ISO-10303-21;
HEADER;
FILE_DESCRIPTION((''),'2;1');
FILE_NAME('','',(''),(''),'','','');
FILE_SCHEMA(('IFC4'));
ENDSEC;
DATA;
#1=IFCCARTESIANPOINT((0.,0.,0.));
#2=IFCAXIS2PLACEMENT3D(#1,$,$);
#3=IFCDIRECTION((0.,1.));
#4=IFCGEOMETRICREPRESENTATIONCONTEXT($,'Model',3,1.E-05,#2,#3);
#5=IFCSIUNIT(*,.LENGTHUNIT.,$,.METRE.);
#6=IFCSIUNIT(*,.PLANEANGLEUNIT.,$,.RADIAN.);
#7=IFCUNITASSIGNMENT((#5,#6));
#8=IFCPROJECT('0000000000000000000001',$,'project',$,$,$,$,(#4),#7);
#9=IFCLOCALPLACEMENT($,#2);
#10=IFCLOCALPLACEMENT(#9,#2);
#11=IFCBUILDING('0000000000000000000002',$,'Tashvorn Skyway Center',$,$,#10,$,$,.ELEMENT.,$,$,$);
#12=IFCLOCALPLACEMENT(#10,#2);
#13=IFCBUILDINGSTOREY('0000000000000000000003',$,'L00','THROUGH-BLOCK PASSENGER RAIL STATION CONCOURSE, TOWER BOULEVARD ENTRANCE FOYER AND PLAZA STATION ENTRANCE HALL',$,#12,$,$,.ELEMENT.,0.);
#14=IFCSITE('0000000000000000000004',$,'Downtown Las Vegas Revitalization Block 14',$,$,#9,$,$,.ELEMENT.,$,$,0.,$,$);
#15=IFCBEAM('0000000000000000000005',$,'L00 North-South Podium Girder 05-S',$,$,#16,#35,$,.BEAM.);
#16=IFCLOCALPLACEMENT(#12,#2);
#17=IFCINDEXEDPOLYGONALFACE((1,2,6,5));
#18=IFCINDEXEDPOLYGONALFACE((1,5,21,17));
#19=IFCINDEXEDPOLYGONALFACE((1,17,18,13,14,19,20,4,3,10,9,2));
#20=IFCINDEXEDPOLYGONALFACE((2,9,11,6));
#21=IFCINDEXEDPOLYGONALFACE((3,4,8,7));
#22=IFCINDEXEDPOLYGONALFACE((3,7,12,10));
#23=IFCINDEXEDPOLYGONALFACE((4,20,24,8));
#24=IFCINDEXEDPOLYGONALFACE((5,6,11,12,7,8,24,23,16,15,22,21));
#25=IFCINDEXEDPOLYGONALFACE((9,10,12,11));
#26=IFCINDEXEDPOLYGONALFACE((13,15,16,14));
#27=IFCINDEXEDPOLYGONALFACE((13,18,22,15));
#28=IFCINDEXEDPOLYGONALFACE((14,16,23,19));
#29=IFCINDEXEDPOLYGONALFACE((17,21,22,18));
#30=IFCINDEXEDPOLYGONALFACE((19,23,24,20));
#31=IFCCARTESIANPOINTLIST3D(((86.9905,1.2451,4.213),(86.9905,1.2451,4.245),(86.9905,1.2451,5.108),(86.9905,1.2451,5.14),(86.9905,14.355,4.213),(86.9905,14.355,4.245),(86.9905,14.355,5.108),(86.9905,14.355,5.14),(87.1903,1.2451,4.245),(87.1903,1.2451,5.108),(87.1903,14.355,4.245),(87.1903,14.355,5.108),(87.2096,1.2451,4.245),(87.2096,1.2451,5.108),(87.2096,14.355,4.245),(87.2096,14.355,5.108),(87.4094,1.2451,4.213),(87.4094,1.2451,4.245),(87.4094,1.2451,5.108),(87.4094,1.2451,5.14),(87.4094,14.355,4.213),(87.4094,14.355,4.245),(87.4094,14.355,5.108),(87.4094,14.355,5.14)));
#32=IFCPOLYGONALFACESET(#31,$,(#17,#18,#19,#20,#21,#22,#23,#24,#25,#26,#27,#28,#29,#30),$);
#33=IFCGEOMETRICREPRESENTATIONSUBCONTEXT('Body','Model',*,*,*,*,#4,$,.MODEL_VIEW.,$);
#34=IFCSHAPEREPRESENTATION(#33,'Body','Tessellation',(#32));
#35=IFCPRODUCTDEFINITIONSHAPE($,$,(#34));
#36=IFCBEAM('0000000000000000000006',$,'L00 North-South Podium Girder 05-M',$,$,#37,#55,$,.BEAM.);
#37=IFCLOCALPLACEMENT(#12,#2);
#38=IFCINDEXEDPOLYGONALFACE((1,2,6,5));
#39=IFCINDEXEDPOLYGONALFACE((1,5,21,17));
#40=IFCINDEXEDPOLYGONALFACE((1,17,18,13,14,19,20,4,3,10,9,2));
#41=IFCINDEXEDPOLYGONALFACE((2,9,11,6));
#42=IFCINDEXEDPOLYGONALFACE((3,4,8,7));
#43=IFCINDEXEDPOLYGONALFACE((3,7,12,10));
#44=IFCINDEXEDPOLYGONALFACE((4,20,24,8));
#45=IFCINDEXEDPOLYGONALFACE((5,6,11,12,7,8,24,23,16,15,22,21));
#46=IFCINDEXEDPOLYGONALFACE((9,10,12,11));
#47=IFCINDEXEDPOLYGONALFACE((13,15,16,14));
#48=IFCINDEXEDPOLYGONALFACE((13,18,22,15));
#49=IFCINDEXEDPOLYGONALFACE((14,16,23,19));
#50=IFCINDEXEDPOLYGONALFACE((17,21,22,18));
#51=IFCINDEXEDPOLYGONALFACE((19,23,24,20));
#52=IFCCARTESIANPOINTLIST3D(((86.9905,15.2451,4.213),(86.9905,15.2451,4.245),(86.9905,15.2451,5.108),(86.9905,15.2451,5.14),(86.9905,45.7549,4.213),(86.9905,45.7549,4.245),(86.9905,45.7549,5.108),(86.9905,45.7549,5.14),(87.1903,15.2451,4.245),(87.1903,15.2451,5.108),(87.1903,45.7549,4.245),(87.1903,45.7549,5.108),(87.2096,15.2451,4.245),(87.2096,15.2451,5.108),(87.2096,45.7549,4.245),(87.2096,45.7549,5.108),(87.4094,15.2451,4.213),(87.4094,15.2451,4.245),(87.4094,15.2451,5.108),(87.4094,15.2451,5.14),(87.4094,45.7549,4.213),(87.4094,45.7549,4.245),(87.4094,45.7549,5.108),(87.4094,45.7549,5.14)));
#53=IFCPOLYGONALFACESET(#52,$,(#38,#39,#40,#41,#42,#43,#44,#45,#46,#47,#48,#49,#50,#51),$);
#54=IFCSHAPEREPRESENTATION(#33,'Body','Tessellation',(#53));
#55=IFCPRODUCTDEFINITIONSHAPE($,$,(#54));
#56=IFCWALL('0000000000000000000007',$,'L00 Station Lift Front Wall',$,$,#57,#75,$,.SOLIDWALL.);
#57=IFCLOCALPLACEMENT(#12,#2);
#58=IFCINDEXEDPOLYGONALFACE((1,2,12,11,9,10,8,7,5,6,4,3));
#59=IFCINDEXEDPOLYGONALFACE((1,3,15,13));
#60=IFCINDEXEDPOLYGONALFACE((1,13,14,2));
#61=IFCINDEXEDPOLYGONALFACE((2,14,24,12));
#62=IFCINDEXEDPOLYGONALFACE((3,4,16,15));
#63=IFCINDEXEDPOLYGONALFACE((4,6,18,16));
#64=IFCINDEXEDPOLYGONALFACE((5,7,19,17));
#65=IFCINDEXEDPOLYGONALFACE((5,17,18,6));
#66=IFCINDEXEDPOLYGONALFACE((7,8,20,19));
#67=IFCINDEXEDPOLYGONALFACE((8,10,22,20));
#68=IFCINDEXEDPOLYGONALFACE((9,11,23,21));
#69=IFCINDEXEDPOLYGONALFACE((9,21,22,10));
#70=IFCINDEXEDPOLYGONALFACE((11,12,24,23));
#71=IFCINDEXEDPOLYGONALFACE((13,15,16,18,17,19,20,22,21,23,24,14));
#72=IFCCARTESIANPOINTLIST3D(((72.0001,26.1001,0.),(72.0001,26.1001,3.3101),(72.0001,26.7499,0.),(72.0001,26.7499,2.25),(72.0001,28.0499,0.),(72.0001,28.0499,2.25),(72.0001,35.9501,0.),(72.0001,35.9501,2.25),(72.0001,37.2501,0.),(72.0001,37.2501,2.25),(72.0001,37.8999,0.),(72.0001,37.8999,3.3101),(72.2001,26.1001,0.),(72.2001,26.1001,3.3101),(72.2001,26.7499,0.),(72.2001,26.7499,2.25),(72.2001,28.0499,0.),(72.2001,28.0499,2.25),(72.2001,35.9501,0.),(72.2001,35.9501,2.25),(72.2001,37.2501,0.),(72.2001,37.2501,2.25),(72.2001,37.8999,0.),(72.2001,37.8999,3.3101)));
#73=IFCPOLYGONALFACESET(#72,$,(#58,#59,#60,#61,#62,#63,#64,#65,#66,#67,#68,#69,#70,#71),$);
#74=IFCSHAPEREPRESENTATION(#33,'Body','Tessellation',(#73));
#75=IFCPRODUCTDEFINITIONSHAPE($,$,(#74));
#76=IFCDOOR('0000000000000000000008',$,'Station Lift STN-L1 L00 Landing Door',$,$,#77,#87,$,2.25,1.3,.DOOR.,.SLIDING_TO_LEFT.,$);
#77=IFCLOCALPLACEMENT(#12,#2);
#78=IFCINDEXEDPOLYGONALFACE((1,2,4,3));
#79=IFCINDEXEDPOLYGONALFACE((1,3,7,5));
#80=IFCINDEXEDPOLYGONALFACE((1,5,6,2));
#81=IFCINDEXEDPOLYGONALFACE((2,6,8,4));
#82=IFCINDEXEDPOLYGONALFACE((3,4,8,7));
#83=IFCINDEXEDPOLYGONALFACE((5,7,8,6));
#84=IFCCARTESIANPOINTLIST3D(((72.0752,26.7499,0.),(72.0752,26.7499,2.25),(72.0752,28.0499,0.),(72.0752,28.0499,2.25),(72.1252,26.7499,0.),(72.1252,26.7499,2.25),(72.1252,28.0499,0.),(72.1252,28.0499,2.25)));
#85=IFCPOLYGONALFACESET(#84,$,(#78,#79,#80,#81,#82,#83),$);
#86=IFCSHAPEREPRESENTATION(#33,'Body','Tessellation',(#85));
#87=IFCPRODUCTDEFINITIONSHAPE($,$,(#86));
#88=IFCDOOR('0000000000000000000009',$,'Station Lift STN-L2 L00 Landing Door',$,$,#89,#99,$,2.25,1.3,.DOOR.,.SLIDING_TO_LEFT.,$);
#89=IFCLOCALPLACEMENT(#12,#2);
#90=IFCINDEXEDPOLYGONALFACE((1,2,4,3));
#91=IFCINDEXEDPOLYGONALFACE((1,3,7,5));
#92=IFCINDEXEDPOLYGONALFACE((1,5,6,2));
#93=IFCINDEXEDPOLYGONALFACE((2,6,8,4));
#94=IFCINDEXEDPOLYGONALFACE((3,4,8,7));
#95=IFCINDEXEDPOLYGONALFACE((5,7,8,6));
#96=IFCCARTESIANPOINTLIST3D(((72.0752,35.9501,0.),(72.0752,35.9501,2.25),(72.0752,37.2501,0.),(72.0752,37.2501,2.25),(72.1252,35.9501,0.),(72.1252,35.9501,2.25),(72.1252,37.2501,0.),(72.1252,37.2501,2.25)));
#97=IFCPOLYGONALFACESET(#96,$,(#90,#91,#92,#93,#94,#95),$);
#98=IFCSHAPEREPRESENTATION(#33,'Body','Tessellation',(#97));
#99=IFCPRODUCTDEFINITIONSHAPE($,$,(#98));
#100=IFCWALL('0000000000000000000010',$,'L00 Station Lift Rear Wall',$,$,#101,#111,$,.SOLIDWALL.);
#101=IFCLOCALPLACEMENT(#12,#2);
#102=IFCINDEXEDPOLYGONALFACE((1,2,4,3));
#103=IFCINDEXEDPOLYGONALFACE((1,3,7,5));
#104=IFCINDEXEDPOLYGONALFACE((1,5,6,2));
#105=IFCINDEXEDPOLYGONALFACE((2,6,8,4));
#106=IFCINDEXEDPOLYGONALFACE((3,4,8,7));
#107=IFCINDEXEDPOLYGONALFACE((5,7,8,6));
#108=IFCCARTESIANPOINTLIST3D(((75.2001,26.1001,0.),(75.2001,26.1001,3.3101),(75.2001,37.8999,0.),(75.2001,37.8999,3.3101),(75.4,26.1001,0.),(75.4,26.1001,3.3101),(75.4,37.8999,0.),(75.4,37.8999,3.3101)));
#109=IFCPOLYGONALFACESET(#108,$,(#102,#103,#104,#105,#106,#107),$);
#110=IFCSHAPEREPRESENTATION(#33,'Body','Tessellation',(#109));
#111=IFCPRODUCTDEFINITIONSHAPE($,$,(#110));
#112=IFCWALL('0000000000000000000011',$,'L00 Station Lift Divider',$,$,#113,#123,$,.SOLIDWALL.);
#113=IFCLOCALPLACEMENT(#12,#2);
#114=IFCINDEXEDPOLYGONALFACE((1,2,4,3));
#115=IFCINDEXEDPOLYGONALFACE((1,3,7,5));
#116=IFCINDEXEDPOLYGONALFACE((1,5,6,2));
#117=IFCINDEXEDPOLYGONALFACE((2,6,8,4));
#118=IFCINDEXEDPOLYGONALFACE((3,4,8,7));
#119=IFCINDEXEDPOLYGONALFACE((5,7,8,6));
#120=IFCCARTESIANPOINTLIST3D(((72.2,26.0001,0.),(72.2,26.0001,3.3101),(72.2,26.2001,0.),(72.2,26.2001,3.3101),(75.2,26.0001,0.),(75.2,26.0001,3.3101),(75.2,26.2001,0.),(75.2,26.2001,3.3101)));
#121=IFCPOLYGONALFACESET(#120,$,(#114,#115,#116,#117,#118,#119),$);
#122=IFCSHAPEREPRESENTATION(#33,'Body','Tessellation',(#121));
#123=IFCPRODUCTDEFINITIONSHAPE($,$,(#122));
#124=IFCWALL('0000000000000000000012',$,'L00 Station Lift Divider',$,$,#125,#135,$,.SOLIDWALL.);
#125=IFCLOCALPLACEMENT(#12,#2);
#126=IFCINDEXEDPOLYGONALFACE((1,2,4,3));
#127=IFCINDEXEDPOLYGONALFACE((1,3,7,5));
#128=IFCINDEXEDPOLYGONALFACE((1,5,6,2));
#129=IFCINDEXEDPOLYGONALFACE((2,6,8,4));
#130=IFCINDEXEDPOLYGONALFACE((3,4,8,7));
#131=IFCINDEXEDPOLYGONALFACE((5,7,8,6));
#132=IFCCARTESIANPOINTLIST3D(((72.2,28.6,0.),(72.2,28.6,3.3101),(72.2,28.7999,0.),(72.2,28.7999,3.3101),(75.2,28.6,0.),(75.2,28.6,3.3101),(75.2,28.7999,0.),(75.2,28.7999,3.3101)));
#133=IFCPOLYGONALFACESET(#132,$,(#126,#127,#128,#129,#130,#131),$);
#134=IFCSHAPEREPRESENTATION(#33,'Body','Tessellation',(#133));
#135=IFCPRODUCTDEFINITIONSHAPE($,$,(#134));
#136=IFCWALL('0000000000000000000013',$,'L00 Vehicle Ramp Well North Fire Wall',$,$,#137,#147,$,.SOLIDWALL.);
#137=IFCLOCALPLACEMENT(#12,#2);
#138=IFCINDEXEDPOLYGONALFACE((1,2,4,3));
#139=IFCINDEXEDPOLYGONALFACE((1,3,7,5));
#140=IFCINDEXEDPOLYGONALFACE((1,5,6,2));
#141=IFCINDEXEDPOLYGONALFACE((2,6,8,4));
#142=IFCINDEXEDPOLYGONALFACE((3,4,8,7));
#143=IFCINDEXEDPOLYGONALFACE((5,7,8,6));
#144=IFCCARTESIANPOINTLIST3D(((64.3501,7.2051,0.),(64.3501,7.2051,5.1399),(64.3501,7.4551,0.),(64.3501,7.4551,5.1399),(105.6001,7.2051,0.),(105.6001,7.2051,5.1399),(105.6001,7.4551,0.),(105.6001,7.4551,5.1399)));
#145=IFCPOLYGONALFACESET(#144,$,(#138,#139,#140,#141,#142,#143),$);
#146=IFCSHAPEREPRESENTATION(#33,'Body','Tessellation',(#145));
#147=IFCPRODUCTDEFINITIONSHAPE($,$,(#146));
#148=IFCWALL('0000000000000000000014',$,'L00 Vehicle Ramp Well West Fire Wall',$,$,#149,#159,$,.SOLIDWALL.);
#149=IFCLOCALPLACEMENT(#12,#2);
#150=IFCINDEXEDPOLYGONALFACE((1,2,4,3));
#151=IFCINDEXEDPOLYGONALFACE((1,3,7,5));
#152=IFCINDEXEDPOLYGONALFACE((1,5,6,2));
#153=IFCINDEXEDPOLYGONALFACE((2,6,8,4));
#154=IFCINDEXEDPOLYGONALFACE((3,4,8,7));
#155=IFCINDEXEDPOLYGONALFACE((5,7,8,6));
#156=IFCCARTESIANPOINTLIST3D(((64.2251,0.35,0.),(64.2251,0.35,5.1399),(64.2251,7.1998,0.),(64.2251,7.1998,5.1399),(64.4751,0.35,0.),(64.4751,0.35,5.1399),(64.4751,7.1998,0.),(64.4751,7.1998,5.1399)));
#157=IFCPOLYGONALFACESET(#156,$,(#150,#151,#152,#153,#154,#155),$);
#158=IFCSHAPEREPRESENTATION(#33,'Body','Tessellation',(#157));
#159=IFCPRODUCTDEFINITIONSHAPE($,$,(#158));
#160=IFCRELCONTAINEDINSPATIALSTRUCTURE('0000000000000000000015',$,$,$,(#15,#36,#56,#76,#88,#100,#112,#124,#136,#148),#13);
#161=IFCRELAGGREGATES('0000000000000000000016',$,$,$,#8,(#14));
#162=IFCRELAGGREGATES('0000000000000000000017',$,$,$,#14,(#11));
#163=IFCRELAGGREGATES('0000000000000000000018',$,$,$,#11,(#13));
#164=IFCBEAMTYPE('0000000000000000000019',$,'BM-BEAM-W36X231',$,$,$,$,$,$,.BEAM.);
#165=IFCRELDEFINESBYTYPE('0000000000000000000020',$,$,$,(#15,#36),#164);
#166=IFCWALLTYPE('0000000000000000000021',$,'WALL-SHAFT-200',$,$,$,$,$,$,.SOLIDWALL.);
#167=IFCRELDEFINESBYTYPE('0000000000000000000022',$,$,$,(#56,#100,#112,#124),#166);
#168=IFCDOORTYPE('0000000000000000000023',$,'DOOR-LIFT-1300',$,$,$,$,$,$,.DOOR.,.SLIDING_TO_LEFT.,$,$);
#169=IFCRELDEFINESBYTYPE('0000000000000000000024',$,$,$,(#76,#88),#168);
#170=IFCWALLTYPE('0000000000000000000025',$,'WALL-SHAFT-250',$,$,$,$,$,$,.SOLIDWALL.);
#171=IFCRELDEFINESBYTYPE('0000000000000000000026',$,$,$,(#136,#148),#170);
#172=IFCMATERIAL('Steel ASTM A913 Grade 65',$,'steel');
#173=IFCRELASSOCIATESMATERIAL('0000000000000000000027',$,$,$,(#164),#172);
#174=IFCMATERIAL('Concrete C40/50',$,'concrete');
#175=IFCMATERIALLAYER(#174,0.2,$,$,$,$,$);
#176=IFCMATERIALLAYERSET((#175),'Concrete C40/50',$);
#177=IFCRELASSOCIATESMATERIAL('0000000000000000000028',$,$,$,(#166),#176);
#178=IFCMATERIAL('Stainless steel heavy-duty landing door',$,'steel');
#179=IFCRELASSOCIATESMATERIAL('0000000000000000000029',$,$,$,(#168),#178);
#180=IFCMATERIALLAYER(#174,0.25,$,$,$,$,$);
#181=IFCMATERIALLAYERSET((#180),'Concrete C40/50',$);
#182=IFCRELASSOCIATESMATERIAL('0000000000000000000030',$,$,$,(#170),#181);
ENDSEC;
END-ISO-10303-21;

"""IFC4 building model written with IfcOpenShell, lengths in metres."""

from ifc_helpers import new_model, si_unit, direction, frame, frame_2d, origin, origin_2d, place, context, subcontext, project, spatial, rectangle, i_section, extrude, material, layer, layer_set, material_profile, profile_set, type_object, element, fill, save


model = new_model("IFC4")

# Units and contexts
model_context = context("Model", 3, precision=1e-05, world=origin(), true_north=direction((0.0, 1.0)))
body_context = subcontext(model_context, "Body", "Model", "MODEL_VIEW")
ifc_project = project(units=[si_unit("LENGTHUNIT", "METRE"), si_unit("PLANEANGLEUNIT", "RADIAN")], contexts=[model_context])

# Site, building, storey
site_placement = place(None, origin())
site = spatial("IfcSite", under=ifc_project, at=site_placement, Name="Downtown Las Vegas Revitalization Block 14", CompositionType="ELEMENT", RefElevation=0.0)
building_placement = place(site_placement, origin())
building = spatial("IfcBuilding", under=site, at=building_placement, Name="Tashvorn Skyway Center", CompositionType="ELEMENT")
storey_placement = place(building_placement, origin())
storey = spatial("IfcBuildingStorey", under=building, at=storey_placement, Name="L00", Description="THROUGH-BLOCK PASSENGER RAIL STATION CONCOURSE, TOWER BOULEVARD ENTRANCE FOYER AND PLAZA STATION ENTRANCE HALL", CompositionType="ELEMENT", Elevation=0.0)

# Beams
ifc_material_1 = material(Name="Steel ASTM A913 Grade 65", Category="steel")
ifc_material_profile_1 = material_profile(ifc_material_1, i_section(OverallWidth=0.4189, OverallDepth=0.927, WebThickness=0.0193, FlangeThickness=0.032, at=origin_2d()), Name="W36X231")
ifc_profile_set_1 = profile_set([ifc_material_profile_1], Name="Steel ASTM A913 Grade 65")
beam_type_1 = type_object("IfcBeamType", Name="BM-BEAM-W36X231", PredefinedType="BEAM", material=ifc_profile_set_1)
for number, where, z_axis, x_axis, name in (
    (1, (87.2, 1.2451, 4.6765), (0.0, 1.0, 0.0), (-1.0, 0.0, 0.0), "L00 North-South Podium Girder 05-S"),
):
    element("IfcBeam", number, at=place(storey_placement, frame(where, z_axis=z_axis, x_axis=x_axis)), inside=storey, type_object=beam_type_1, Name=name, PredefinedType="BEAM", context=body_context, shape_type="SweptSolid", body=[
        extrude(i_section(OverallWidth=0.4189, OverallDepth=0.927, WebThickness=0.0193, FlangeThickness=0.032, at=origin_2d()), origin(), (0.0, 0.0, 1.0), 13.1099),
    ])
beam_1_placement = place(storey_placement, frame((87.2, 15.2451, 4.6765), z_axis=(0.0, 1.0, 0.0), x_axis=(-1.0, 0.0, 0.0)))
element("IfcBeam", 2, at=beam_1_placement, inside=storey, type_object=beam_type_1, Name="L00 North-South Podium Girder 05-M", PredefinedType="BEAM", context=body_context, shape_type="SweptSolid", body=[
    extrude(i_section(OverallWidth=0.4189, OverallDepth=0.927, WebThickness=0.0193, FlangeThickness=0.032, at=origin_2d()), origin(), (0.0, 0.0, 1.0), 30.5098),
])

# Wall, openings, doors
ifc_material_2 = material(Name="Concrete C40/50", Category="concrete")
ifc_layer_1 = layer(ifc_material_2, 0.2)
ifc_layer_set_1 = layer_set([ifc_layer_1], Name="Concrete C40/50")
wall_type_1 = type_object("IfcWallType", Name="WALL-SHAFT-200", PredefinedType="SOLIDWALL", material=ifc_layer_set_1)
wall_1_placement = place(storey_placement, frame((72.1001, 26.1001, 0.0), z_axis=(0.0, 0.0, 1.0), x_axis=(0.0, 1.0, 0.0)))
wall_1 = element("IfcWall", 3, at=wall_1_placement, inside=storey, type_object=wall_type_1, Name="L00 Station Lift Front Wall", PredefinedType="SOLIDWALL", context=body_context, shape_type="SweptSolid", body=[
    extrude(rectangle(XDim=11.7998, YDim=0.2, at=frame_2d((5.8999, 0.0))), origin(), (0.0, 0.0, 1.0), 3.3101),
])
opening_1_placement = place(wall_1_placement, frame((0.6499, 0.0, 0.0)))
opening_1 = element("IfcOpeningElement", 4, at=opening_1_placement, cuts=wall_1, PredefinedType="OPENING", context=body_context, shape_type="SweptSolid", body=[
    extrude(rectangle(XDim=1.3, YDim=2.25, at=frame_2d((0.6499, 1.125))), frame((0.0, 0.1099, 0.0), z_axis=(0.0, -1.0, 0.0), x_axis=(1.0, 0.0, 0.0)), (0.0, 0.0, 1.0), 0.22),
])
opening_2_placement = place(wall_1_placement, frame((9.8501, 0.0, 0.0)))
opening_2 = element("IfcOpeningElement", 5, at=opening_2_placement, cuts=wall_1, PredefinedType="OPENING", context=body_context, shape_type="SweptSolid", body=[
    extrude(rectangle(XDim=1.3, YDim=2.25, at=frame_2d((0.6499, 1.125))), frame((0.0, 0.1099, 0.0), z_axis=(0.0, -1.0, 0.0), x_axis=(1.0, 0.0, 0.0)), (0.0, 0.0, 1.0), 0.22),
])
ifc_material_3 = material(Name="Stainless steel heavy-duty landing door", Category="steel")
door_type = type_object("IfcDoorType", Name="DOOR-LIFT-1300", OperationType="SLIDING_TO_LEFT", PredefinedType="DOOR", material=ifc_material_3)
door_1_placement = place(opening_1_placement, origin())
door_1 = element("IfcDoor", 6, at=door_1_placement, inside=storey, type_object=door_type, Name="Station Lift STN-L1 L00 Landing Door", OperationType="SLIDING_TO_LEFT", OverallHeight=2.25, OverallWidth=1.3, PredefinedType="DOOR", context=body_context, shape_type="SweptSolid", body=[
    extrude(rectangle(XDim=1.3, YDim=2.25, at=frame_2d((0.6499, 1.125))), frame((0.0, 0.0249, 0.0), z_axis=(0.0, -1.0, 0.0), x_axis=(1.0, 0.0, 0.0)), (0.0, 0.0, 1.0), 0.05),
])
fill(opening_1, door_1)
door_2_placement = place(opening_2_placement, origin())
door_2 = element("IfcDoor", 7, at=door_2_placement, inside=storey, type_object=door_type, Name="Station Lift STN-L2 L00 Landing Door", OperationType="SLIDING_TO_LEFT", OverallHeight=2.25, OverallWidth=1.3, PredefinedType="DOOR", context=body_context, shape_type="SweptSolid", body=[
    extrude(rectangle(XDim=1.3, YDim=2.25, at=frame_2d((0.6499, 1.125))), frame((0.0, 0.0249, 0.0), z_axis=(0.0, -1.0, 0.0), x_axis=(1.0, 0.0, 0.0)), (0.0, 0.0, 1.0), 0.05),
])
fill(opening_2, door_2)

# Walls
wall_2_placement = place(storey_placement, frame((75.3, 26.1001, 0.0), z_axis=(0.0, 0.0, 1.0), x_axis=(0.0, 1.0, 0.0)))
element("IfcWall", 8, at=wall_2_placement, inside=storey, type_object=wall_type_1, Name="L00 Station Lift Rear Wall", PredefinedType="SOLIDWALL", context=body_context, shape_type="SweptSolid", body=[
    extrude(rectangle(XDim=11.7998, YDim=0.2, at=frame_2d((5.8999, 0.0))), origin(), (0.0, 0.0, 1.0), 3.3101),
])
for number, where, z_axis, x_axis, name in (
    (9, (72.2, 26.1001, 0.0), (0.0, 0.0, 1.0), (1.0, 0.0, 0.0), "L00 Station Lift Divider"),
    (10, (72.2, 28.7, 0.0), (0.0, 0.0, 1.0), (1.0, 0.0, 0.0), "L00 Station Lift Divider"),
):
    element("IfcWall", number, at=place(storey_placement, frame(where, z_axis=z_axis, x_axis=x_axis)), inside=storey, type_object=wall_type_1, Name=name, PredefinedType="SOLIDWALL", context=body_context, shape_type="SweptSolid", body=[
        extrude(rectangle(XDim=3.0, YDim=0.2, at=frame_2d((1.5, 0.0))), origin(), (0.0, 0.0, 1.0), 3.3101),
    ])
ifc_layer_2 = layer(ifc_material_2, 0.25)
ifc_layer_set_2 = layer_set([ifc_layer_2], Name="Concrete C40/50")
wall_type_2 = type_object("IfcWallType", Name="WALL-SHAFT-250", PredefinedType="SOLIDWALL", material=ifc_layer_set_2)
wall_3_placement = place(storey_placement, frame((64.3501, 7.3301, 0.0), z_axis=(0.0, 0.0, 1.0), x_axis=(1.0, 0.0, 0.0)))
element("IfcWall", 11, at=wall_3_placement, inside=storey, type_object=wall_type_2, Name="L00 Vehicle Ramp Well North Fire Wall", PredefinedType="SOLIDWALL", context=body_context, shape_type="SweptSolid", body=[
    extrude(rectangle(XDim=41.25, YDim=0.25, at=frame_2d((20.625, 0.0))), origin(), (0.0, 0.0, 1.0), 5.1399),
])
wall_4_placement = place(storey_placement, frame((64.3501, 0.3501, 0.0), z_axis=(0.0, 0.0, 1.0), x_axis=(0.0, 1.0, 0.0)))
element("IfcWall", 12, at=wall_4_placement, inside=storey, type_object=wall_type_2, Name="L00 Vehicle Ramp Well West Fire Wall", PredefinedType="SOLIDWALL", context=body_context, shape_type="SweptSolid", body=[
    extrude(rectangle(XDim=6.8499, YDim=0.25, at=frame_2d((3.4248, 0.0))), origin(), (0.0, 0.0, 1.0), 5.1399),
])

save(model, "model.ifc")
